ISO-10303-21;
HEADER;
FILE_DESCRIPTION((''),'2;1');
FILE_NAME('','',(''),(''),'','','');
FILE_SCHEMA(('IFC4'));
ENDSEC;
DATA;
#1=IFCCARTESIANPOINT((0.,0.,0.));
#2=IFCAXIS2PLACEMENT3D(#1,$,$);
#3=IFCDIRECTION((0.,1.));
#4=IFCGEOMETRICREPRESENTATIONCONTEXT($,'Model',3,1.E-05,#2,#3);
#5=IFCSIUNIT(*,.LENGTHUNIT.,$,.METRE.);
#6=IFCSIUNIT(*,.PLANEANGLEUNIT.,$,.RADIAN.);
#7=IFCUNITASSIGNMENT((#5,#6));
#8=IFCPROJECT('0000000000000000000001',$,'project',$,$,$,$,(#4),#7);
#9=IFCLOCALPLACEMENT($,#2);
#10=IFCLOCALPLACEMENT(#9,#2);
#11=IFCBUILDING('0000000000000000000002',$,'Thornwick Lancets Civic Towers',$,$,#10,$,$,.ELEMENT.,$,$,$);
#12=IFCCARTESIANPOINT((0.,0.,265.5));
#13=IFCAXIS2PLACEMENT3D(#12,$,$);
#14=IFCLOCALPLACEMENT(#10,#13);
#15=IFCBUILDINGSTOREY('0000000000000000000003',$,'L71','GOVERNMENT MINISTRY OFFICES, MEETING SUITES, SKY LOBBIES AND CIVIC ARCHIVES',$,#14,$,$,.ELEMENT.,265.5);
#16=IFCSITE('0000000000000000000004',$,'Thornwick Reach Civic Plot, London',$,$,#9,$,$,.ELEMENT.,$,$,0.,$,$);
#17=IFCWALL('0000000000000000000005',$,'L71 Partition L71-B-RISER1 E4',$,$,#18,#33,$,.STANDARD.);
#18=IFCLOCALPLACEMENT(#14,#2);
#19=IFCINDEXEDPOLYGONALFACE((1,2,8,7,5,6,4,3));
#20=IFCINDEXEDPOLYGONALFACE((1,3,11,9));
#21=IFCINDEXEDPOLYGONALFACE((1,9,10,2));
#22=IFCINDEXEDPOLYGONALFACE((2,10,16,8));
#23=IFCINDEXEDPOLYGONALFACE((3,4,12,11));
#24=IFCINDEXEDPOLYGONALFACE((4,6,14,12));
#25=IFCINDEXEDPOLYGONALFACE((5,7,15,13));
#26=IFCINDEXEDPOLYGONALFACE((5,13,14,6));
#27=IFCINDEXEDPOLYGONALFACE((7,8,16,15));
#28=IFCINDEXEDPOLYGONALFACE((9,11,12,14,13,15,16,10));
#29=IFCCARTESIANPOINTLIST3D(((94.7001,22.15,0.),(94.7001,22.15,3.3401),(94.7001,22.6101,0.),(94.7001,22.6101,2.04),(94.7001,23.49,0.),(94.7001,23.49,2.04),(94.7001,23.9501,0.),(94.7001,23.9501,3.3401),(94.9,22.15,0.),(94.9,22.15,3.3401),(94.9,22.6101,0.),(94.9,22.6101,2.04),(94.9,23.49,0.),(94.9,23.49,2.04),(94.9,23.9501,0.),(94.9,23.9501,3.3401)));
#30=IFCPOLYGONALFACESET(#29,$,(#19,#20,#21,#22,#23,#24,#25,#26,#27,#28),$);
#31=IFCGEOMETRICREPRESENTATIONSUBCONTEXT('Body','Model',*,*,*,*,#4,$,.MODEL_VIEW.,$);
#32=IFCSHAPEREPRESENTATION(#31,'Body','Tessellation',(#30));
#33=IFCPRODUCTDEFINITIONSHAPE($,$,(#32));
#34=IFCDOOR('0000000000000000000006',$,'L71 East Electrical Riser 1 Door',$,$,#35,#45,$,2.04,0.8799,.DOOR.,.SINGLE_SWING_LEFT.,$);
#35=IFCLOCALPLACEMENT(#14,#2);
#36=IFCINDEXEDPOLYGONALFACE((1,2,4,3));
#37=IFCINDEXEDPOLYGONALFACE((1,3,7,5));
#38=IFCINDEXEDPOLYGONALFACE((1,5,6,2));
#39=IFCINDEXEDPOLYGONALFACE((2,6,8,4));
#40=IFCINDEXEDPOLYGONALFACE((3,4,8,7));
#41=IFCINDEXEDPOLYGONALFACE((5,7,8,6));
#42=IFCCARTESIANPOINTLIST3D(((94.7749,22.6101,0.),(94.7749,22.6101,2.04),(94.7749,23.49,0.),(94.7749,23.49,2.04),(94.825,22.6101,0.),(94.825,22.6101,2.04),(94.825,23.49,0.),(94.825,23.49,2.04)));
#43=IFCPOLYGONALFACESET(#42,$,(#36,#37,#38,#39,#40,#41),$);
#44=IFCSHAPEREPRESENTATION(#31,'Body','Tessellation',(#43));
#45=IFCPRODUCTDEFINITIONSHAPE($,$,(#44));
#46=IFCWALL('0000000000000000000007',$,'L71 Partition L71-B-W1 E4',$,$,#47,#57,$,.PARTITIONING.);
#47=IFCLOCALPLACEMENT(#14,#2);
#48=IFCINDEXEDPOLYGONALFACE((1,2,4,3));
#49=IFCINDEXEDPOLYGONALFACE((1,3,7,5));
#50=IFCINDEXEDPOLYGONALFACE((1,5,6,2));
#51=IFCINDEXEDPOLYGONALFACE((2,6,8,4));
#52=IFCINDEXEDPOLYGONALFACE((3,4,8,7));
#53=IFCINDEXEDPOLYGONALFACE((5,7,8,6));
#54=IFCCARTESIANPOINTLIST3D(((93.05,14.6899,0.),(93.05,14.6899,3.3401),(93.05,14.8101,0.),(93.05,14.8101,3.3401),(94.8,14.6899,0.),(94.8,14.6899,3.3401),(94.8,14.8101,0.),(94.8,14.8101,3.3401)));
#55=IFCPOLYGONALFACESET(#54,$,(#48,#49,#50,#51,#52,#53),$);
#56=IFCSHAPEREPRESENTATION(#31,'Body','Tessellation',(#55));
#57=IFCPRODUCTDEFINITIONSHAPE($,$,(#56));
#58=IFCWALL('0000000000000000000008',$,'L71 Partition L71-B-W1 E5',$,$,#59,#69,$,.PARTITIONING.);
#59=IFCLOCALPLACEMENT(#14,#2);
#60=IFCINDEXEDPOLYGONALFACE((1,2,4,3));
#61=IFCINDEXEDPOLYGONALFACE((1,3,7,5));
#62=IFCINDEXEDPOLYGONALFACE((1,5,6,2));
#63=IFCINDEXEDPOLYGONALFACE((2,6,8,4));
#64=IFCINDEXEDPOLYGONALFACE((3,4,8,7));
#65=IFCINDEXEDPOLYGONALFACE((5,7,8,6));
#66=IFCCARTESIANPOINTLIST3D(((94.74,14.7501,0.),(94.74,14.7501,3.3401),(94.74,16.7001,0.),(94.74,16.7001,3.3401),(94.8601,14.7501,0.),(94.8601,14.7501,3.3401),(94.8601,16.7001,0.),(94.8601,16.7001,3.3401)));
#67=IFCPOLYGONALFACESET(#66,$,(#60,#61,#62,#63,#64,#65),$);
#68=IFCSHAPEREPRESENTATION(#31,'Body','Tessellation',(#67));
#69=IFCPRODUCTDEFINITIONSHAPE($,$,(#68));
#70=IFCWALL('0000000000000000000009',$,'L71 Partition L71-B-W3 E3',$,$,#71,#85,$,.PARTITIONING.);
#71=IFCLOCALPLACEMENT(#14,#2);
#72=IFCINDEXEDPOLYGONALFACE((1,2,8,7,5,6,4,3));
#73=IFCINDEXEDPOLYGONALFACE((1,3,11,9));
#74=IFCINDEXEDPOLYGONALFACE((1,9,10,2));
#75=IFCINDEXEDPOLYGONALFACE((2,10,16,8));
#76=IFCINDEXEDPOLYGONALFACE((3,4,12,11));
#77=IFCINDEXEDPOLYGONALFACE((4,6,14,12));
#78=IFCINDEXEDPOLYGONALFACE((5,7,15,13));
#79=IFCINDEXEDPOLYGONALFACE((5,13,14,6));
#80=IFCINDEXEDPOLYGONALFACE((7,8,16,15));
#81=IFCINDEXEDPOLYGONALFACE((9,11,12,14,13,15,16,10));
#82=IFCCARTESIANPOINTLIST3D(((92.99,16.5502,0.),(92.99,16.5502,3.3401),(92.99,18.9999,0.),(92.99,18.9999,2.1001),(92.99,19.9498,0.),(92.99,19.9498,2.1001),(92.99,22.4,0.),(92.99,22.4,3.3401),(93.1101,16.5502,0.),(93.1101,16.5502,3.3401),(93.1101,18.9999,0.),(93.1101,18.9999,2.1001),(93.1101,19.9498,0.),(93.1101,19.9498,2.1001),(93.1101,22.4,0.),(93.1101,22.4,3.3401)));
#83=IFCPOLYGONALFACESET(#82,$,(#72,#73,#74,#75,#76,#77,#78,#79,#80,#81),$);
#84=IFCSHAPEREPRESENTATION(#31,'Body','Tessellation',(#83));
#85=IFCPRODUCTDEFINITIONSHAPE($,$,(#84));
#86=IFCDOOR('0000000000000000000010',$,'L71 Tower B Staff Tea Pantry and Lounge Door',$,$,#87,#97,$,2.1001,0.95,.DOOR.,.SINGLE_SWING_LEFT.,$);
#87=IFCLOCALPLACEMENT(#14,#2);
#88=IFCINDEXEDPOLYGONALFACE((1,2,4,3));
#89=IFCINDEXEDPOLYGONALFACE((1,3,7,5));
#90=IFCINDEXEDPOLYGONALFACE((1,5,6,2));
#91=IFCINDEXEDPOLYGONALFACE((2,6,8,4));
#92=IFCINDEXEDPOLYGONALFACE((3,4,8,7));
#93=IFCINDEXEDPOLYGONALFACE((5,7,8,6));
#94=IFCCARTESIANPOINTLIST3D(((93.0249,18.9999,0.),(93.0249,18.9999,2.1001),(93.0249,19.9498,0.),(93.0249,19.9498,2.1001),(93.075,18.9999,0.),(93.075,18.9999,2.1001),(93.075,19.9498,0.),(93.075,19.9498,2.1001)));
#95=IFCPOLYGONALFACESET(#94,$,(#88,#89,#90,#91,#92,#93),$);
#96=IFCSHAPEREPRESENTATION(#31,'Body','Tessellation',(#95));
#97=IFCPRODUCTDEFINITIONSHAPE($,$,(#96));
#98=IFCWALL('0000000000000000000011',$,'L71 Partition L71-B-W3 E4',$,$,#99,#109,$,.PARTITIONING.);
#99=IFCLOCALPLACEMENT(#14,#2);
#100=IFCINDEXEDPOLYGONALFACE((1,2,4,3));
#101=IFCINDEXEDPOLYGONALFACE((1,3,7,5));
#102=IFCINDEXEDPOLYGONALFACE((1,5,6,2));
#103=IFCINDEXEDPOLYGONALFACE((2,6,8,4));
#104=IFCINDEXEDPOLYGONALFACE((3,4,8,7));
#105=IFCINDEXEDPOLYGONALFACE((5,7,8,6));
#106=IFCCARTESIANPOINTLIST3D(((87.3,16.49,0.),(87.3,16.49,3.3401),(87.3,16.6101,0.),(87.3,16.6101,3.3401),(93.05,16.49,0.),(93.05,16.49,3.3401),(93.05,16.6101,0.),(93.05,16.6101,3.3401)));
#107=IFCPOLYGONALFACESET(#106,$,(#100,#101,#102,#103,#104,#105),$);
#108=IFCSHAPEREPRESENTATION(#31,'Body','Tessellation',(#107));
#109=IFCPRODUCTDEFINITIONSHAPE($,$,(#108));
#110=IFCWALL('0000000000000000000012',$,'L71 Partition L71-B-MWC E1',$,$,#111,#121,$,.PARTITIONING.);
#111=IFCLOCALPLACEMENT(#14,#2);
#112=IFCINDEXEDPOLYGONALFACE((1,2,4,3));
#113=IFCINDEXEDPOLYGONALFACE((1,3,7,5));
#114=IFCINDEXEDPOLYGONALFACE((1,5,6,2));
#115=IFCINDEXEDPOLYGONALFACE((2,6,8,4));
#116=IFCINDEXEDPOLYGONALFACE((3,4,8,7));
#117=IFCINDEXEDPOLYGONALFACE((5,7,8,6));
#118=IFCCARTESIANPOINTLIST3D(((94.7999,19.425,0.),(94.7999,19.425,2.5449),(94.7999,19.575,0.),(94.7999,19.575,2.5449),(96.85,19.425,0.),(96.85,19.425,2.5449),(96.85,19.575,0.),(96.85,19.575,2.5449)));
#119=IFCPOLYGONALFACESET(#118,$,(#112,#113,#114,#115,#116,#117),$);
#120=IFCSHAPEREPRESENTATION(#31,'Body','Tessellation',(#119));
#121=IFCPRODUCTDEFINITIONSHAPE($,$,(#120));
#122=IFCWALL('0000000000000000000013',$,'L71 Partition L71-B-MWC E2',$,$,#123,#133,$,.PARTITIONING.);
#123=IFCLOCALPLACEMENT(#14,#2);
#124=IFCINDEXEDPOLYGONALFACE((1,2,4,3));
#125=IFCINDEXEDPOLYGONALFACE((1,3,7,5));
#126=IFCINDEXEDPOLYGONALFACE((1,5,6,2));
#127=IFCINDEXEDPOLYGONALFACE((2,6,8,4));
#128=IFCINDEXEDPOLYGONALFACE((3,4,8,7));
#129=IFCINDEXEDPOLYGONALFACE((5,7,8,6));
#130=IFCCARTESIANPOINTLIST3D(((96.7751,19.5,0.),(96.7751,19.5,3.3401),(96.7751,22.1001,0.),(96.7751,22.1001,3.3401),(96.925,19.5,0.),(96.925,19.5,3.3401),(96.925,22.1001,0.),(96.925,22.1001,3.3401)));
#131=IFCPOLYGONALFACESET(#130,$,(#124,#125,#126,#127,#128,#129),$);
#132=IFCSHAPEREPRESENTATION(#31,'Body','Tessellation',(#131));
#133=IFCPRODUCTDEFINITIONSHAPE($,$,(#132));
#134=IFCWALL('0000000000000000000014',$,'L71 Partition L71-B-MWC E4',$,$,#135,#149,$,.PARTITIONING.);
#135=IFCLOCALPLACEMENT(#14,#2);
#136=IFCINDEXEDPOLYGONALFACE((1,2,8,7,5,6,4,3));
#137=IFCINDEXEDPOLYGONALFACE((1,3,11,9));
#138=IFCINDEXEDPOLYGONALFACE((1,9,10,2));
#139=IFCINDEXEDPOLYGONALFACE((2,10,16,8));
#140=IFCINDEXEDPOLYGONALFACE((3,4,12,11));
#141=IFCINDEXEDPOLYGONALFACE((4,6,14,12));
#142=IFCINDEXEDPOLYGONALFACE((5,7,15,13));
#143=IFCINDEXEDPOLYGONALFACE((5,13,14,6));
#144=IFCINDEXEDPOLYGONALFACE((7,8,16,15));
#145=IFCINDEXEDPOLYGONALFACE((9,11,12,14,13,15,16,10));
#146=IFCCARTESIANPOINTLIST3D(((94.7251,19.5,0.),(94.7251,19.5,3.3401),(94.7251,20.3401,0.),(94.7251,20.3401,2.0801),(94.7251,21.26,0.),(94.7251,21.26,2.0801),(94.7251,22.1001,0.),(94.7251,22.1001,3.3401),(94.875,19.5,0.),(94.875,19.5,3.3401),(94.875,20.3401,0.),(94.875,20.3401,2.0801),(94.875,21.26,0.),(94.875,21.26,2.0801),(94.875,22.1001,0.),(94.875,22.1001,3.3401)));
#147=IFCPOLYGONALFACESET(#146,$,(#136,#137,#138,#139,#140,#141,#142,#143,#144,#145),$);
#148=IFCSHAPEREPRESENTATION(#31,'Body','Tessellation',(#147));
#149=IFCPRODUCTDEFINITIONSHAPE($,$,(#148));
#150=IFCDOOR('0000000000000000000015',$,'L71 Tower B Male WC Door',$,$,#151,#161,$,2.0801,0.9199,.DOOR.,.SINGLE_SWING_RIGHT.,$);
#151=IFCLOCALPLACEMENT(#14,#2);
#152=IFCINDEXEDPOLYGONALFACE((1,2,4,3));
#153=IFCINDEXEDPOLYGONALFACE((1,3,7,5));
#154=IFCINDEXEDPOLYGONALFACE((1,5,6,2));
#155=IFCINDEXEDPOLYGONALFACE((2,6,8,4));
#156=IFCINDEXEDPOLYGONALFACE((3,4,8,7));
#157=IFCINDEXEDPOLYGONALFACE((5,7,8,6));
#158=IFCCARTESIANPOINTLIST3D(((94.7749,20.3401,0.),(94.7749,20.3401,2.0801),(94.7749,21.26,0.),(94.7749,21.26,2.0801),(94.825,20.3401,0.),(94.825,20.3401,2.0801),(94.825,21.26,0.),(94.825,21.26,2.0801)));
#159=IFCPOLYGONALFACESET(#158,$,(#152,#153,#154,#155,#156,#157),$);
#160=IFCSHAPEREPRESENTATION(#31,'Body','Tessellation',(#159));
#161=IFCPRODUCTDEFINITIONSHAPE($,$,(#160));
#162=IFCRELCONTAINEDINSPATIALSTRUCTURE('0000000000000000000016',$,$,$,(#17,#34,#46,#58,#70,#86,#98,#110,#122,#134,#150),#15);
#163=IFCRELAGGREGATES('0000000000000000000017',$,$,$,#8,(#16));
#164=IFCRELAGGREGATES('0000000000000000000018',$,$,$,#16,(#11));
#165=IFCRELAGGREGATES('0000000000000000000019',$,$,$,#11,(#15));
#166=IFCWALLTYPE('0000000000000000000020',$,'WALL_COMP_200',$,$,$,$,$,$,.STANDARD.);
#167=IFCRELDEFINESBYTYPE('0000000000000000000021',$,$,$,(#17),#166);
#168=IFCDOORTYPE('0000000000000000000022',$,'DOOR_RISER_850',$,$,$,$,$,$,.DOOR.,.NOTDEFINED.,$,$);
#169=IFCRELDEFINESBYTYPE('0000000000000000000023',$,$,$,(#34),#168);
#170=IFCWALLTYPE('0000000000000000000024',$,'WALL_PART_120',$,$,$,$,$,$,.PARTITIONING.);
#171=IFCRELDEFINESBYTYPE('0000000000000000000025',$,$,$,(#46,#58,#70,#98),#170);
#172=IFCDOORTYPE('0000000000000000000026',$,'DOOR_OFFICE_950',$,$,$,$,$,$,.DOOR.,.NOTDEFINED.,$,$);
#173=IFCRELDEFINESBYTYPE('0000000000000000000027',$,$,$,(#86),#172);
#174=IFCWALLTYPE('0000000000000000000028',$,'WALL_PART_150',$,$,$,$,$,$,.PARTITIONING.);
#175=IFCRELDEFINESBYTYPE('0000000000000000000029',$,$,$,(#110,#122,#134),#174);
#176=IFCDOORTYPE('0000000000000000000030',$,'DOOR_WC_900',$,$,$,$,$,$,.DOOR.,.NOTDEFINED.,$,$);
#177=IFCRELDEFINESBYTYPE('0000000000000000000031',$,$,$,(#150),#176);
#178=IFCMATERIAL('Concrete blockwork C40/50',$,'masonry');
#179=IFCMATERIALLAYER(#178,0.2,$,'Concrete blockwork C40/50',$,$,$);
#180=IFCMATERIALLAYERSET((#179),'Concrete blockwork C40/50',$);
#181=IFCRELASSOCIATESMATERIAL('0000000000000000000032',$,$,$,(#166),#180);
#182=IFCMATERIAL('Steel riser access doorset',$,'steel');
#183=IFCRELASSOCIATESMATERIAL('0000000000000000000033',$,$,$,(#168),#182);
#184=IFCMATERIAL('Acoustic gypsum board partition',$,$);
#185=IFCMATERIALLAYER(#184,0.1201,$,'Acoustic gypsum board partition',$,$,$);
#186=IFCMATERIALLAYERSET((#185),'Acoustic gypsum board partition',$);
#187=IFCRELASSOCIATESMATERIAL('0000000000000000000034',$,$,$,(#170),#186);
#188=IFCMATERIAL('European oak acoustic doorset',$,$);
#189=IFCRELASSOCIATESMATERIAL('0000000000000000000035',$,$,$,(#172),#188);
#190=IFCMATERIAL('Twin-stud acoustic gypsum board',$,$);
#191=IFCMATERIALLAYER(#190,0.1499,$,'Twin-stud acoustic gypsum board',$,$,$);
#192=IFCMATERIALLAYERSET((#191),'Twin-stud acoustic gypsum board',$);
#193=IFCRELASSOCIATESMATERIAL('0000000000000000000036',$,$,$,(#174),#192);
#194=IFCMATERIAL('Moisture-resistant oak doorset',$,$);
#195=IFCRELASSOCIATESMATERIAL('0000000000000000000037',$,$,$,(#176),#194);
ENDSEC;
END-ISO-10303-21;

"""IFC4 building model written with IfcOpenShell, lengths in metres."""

from ifc_helpers import new_model, si_unit, direction, frame, frame_2d, origin, place, context, subcontext, project, spatial, rectangle, extrude, material, layer, layer_set, type_object, element, fill, save


model = new_model("IFC4")

# Units and contexts
model_context = context("Model", 3, precision=1e-05, world=origin(), true_north=direction((0.0, 1.0)))
body_context = subcontext(model_context, "Body", "Model", "MODEL_VIEW")
ifc_project = project(units=[si_unit("LENGTHUNIT", "METRE"), si_unit("PLANEANGLEUNIT", "RADIAN")], contexts=[model_context])

# Site, building, storey
site_placement = place(None, origin())
site = spatial("IfcSite", under=ifc_project, at=site_placement, Name="Thornwick Reach Civic Plot, London", CompositionType="ELEMENT", RefElevation=0.0)
building_placement = place(site_placement, origin())
building = spatial("IfcBuilding", under=site, at=building_placement, Name="Thornwick Lancets Civic Towers", CompositionType="ELEMENT")
storey_placement = place(building_placement, frame((0.0, 0.0, 265.5)))
storey = spatial("IfcBuildingStorey", under=building, at=storey_placement, Name="L71", Description="GOVERNMENT MINISTRY OFFICES, MEETING SUITES, SKY LOBBIES AND CIVIC ARCHIVES", CompositionType="ELEMENT", Elevation=265.5)

# Shared definitions
ifc_material_1 = material(Name="Concrete blockwork C40/50", Category="masonry")
ifc_layer_1 = layer(ifc_material_1, 0.2, Name="Concrete blockwork C40/50")
ifc_layer_set_1 = layer_set([ifc_layer_1], Name="Concrete blockwork C40/50")
wall_type_1 = type_object("IfcWallType", Name="WALL_COMP_200", PredefinedType="STANDARD", material=ifc_layer_set_1)

# Wall, opening, door
wall_1_placement = place(storey_placement, frame((94.8, 23.95, 0.0), z_axis=(0.0, 0.0, 1.0), x_axis=(0.0, -1.0, 0.0)))
wall_1 = element("IfcWall", 1, at=wall_1_placement, inside=storey, type_object=wall_type_1, Name="L71 Partition L71-B-RISER1 E4", PredefinedType="STANDARD", context=body_context, shape_type="SweptSolid", body=[
    extrude(rectangle(XDim=1.8, YDim=0.2, at=frame_2d((0.8999, 0.0))), origin(), (0.0, 0.0, 1.0), 3.3401),
])
opening_1_placement = place(wall_1_placement, frame((0.46, 0.0, 0.0)))
opening_1 = element("IfcOpeningElement", 2, at=opening_1_placement, cuts=wall_1, PredefinedType="OPENING", context=body_context, shape_type="SweptSolid", body=[
    extrude(rectangle(XDim=0.8799, YDim=2.04, at=frame_2d((0.4399, 1.02))), frame((0.0, 0.1099, 0.0), z_axis=(0.0, -1.0, 0.0), x_axis=(1.0, 0.0, 0.0)), (0.0, 0.0, 1.0), 0.22),
])
ifc_material_2 = material(Name="Steel riser access doorset", Category="steel")
door_type_1 = type_object("IfcDoorType", Name="DOOR_RISER_850", OperationType="NOTDEFINED", PredefinedType="DOOR", material=ifc_material_2)
door_1_placement = place(opening_1_placement, origin())
door_1 = element("IfcDoor", 3, at=door_1_placement, inside=storey, type_object=door_type_1, Name="L71 East Electrical Riser 1 Door", OperationType="SINGLE_SWING_LEFT", OverallHeight=2.04, OverallWidth=0.8799, PredefinedType="DOOR", context=body_context, shape_type="SweptSolid", body=[
    extrude(rectangle(XDim=0.8799, YDim=2.04, at=frame_2d((0.4399, 1.02))), frame((0.0, 0.0249, 0.0), z_axis=(0.0, -1.0, 0.0), x_axis=(1.0, 0.0, 0.0)), (0.0, 0.0, 1.0), 0.05),
])
fill(opening_1, door_1)

# Walls
ifc_material_3 = material(Name="Acoustic gypsum board partition")
ifc_layer_2 = layer(ifc_material_3, 0.1201, Name="Acoustic gypsum board partition")
ifc_layer_set_2 = layer_set([ifc_layer_2], Name="Acoustic gypsum board partition")
wall_type_2 = type_object("IfcWallType", Name="WALL_PART_120", PredefinedType="PARTITIONING", material=ifc_layer_set_2)
wall_2_placement = place(storey_placement, frame((93.05, 14.75, 0.0), z_axis=(0.0, 0.0, 1.0), x_axis=(1.0, 0.0, 0.0)))
element("IfcWall", 4, at=wall_2_placement, inside=storey, type_object=wall_type_2, Name="L71 Partition L71-B-W1 E4", PredefinedType="PARTITIONING", context=body_context, shape_type="SweptSolid", body=[
    extrude(rectangle(XDim=1.75, YDim=0.1201, at=frame_2d((0.875, 0.0))), origin(), (0.0, 0.0, 1.0), 3.3401),
])
wall_3_placement = place(storey_placement, frame((94.8, 14.75, 0.0), z_axis=(0.0, 0.0, 1.0), x_axis=(0.0, 1.0, 0.0)))
element("IfcWall", 5, at=wall_3_placement, inside=storey, type_object=wall_type_2, Name="L71 Partition L71-B-W1 E5", PredefinedType="PARTITIONING", context=body_context, shape_type="SweptSolid", body=[
    extrude(rectangle(XDim=1.95, YDim=0.1201, at=frame_2d((0.9751, 0.0))), origin(), (0.0, 0.0, 1.0), 3.3401),
])

# Wall, opening, door
wall_4_placement = place(storey_placement, frame((93.05, 22.3999, 0.0), z_axis=(0.0, 0.0, 1.0), x_axis=(0.0, -1.0, 0.0)))
wall_4 = element("IfcWall", 6, at=wall_4_placement, inside=storey, type_object=wall_type_2, Name="L71 Partition L71-B-W3 E3", PredefinedType="PARTITIONING", context=body_context, shape_type="SweptSolid", body=[
    extrude(rectangle(XDim=5.8499, YDim=0.1201, at=frame_2d((2.9248, 0.0))), origin(), (0.0, 0.0, 1.0), 3.3401),
])
opening_2_placement = place(wall_4_placement, frame((2.45, 0.0, 0.0)))
opening_2 = element("IfcOpeningElement", 7, at=opening_2_placement, cuts=wall_4, PredefinedType="OPENING", context=body_context, shape_type="SweptSolid", body=[
    extrude(rectangle(XDim=0.95, YDim=2.1001, at=frame_2d((0.4751, 1.05))), frame((0.0, 0.0701, 0.0), z_axis=(0.0, -1.0, 0.0), x_axis=(1.0, 0.0, 0.0)), (0.0, 0.0, 1.0), 0.1401),
])
ifc_material_4 = material(Name="European oak acoustic doorset")
door_type_2 = type_object("IfcDoorType", Name="DOOR_OFFICE_950", OperationType="NOTDEFINED", PredefinedType="DOOR", material=ifc_material_4)
door_2_placement = place(opening_2_placement, origin())
door_2 = element("IfcDoor", 8, at=door_2_placement, inside=storey, type_object=door_type_2, Name="L71 Tower B Staff Tea Pantry and Lounge Door", OperationType="SINGLE_SWING_LEFT", OverallHeight=2.1001, OverallWidth=0.95, PredefinedType="DOOR", context=body_context, shape_type="SweptSolid", body=[
    extrude(rectangle(XDim=0.95, YDim=2.1001, at=frame_2d((0.4751, 1.05))), frame((0.0, 0.0249, 0.0), z_axis=(0.0, -1.0, 0.0), x_axis=(1.0, 0.0, 0.0)), (0.0, 0.0, 1.0), 0.05),
])
fill(opening_2, door_2)

# Walls
wall_5_placement = place(storey_placement, frame((93.05, 16.55, 0.0), z_axis=(0.0, 0.0, 1.0), x_axis=(-1.0, 0.0, 0.0)))
element("IfcWall", 9, at=wall_5_placement, inside=storey, type_object=wall_type_2, Name="L71 Partition L71-B-W3 E4", PredefinedType="PARTITIONING", context=body_context, shape_type="SweptSolid", body=[
    extrude(rectangle(XDim=5.75, YDim=0.1201, at=frame_2d((2.875, 0.0))), origin(), (0.0, 0.0, 1.0), 3.3401),
])
ifc_material_5 = material(Name="Twin-stud acoustic gypsum board")
ifc_layer_3 = layer(ifc_material_5, 0.1499, Name="Twin-stud acoustic gypsum board")
ifc_layer_set_3 = layer_set([ifc_layer_3], Name="Twin-stud acoustic gypsum board")
wall_type_3 = type_object("IfcWallType", Name="WALL_PART_150", PredefinedType="PARTITIONING", material=ifc_layer_set_3)
wall_6_placement = place(storey_placement, frame((94.8, 19.5, 0.0), z_axis=(0.0, 0.0, 1.0), x_axis=(1.0, 0.0, 0.0)))
element("IfcWall", 10, at=wall_6_placement, inside=storey, type_object=wall_type_3, Name="L71 Partition L71-B-MWC E1", PredefinedType="PARTITIONING", context=body_context, shape_type="SweptSolid", body=[
    extrude(rectangle(XDim=2.05, YDim=0.1499, at=frame_2d((1.0249, 0.0))), origin(), (0.0, 0.0, 1.0), 2.5449),
])
wall_7_placement = place(storey_placement, frame((96.8501, 19.5, 0.0), z_axis=(0.0, 0.0, 1.0), x_axis=(0.0, 1.0, 0.0)))
element("IfcWall", 11, at=wall_7_placement, inside=storey, type_object=wall_type_3, Name="L71 Partition L71-B-MWC E2", PredefinedType="PARTITIONING", context=body_context, shape_type="SweptSolid", body=[
    extrude(rectangle(XDim=2.6001, YDim=0.1499, at=frame_2d((1.3, 0.0))), origin(), (0.0, 0.0, 1.0), 3.3401),
])

# Wall, opening, door
wall_8_placement = place(storey_placement, frame((94.8, 22.1001, 0.0), z_axis=(0.0, 0.0, 1.0), x_axis=(0.0, -1.0, 0.0)))
wall_8 = element("IfcWall", 12, at=wall_8_placement, inside=storey, type_object=wall_type_3, Name="L71 Partition L71-B-MWC E4", PredefinedType="PARTITIONING", context=body_context, shape_type="SweptSolid", body=[
    extrude(rectangle(XDim=2.6001, YDim=0.1499, at=frame_2d((1.3, 0.0))), origin(), (0.0, 0.0, 1.0), 3.3401),
])
opening_3_placement = place(wall_8_placement, frame((0.8401, 0.0, 0.0)))
opening_3 = element("IfcOpeningElement", 13, at=opening_3_placement, cuts=wall_8, PredefinedType="OPENING", context=body_context, shape_type="SweptSolid", body=[
    extrude(rectangle(XDim=0.9199, YDim=2.0801, at=frame_2d((0.46, 1.04))), frame((0.0, 0.085, 0.0), z_axis=(0.0, -1.0, 0.0), x_axis=(1.0, 0.0, 0.0)), (0.0, 0.0, 1.0), 0.1699),
])
ifc_material_6 = material(Name="Moisture-resistant oak doorset")
door_type_3 = type_object("IfcDoorType", Name="DOOR_WC_900", OperationType="NOTDEFINED", PredefinedType="DOOR", material=ifc_material_6)
door_3_placement = place(opening_3_placement, origin())
door_3 = element("IfcDoor", 14, at=door_3_placement, inside=storey, type_object=door_type_3, Name="L71 Tower B Male WC Door", OperationType="SINGLE_SWING_RIGHT", OverallHeight=2.0801, OverallWidth=0.9199, PredefinedType="DOOR", context=body_context, shape_type="SweptSolid", body=[
    extrude(rectangle(XDim=0.9199, YDim=2.0801, at=frame_2d((0.46, 1.04))), frame((0.0, 0.0249, 0.0), z_axis=(0.0, -1.0, 0.0), x_axis=(1.0, 0.0, 0.0)), (0.0, 0.0, 1.0), 0.05),
])
fill(opening_3, door_3)

save(model, "model.ifc")
